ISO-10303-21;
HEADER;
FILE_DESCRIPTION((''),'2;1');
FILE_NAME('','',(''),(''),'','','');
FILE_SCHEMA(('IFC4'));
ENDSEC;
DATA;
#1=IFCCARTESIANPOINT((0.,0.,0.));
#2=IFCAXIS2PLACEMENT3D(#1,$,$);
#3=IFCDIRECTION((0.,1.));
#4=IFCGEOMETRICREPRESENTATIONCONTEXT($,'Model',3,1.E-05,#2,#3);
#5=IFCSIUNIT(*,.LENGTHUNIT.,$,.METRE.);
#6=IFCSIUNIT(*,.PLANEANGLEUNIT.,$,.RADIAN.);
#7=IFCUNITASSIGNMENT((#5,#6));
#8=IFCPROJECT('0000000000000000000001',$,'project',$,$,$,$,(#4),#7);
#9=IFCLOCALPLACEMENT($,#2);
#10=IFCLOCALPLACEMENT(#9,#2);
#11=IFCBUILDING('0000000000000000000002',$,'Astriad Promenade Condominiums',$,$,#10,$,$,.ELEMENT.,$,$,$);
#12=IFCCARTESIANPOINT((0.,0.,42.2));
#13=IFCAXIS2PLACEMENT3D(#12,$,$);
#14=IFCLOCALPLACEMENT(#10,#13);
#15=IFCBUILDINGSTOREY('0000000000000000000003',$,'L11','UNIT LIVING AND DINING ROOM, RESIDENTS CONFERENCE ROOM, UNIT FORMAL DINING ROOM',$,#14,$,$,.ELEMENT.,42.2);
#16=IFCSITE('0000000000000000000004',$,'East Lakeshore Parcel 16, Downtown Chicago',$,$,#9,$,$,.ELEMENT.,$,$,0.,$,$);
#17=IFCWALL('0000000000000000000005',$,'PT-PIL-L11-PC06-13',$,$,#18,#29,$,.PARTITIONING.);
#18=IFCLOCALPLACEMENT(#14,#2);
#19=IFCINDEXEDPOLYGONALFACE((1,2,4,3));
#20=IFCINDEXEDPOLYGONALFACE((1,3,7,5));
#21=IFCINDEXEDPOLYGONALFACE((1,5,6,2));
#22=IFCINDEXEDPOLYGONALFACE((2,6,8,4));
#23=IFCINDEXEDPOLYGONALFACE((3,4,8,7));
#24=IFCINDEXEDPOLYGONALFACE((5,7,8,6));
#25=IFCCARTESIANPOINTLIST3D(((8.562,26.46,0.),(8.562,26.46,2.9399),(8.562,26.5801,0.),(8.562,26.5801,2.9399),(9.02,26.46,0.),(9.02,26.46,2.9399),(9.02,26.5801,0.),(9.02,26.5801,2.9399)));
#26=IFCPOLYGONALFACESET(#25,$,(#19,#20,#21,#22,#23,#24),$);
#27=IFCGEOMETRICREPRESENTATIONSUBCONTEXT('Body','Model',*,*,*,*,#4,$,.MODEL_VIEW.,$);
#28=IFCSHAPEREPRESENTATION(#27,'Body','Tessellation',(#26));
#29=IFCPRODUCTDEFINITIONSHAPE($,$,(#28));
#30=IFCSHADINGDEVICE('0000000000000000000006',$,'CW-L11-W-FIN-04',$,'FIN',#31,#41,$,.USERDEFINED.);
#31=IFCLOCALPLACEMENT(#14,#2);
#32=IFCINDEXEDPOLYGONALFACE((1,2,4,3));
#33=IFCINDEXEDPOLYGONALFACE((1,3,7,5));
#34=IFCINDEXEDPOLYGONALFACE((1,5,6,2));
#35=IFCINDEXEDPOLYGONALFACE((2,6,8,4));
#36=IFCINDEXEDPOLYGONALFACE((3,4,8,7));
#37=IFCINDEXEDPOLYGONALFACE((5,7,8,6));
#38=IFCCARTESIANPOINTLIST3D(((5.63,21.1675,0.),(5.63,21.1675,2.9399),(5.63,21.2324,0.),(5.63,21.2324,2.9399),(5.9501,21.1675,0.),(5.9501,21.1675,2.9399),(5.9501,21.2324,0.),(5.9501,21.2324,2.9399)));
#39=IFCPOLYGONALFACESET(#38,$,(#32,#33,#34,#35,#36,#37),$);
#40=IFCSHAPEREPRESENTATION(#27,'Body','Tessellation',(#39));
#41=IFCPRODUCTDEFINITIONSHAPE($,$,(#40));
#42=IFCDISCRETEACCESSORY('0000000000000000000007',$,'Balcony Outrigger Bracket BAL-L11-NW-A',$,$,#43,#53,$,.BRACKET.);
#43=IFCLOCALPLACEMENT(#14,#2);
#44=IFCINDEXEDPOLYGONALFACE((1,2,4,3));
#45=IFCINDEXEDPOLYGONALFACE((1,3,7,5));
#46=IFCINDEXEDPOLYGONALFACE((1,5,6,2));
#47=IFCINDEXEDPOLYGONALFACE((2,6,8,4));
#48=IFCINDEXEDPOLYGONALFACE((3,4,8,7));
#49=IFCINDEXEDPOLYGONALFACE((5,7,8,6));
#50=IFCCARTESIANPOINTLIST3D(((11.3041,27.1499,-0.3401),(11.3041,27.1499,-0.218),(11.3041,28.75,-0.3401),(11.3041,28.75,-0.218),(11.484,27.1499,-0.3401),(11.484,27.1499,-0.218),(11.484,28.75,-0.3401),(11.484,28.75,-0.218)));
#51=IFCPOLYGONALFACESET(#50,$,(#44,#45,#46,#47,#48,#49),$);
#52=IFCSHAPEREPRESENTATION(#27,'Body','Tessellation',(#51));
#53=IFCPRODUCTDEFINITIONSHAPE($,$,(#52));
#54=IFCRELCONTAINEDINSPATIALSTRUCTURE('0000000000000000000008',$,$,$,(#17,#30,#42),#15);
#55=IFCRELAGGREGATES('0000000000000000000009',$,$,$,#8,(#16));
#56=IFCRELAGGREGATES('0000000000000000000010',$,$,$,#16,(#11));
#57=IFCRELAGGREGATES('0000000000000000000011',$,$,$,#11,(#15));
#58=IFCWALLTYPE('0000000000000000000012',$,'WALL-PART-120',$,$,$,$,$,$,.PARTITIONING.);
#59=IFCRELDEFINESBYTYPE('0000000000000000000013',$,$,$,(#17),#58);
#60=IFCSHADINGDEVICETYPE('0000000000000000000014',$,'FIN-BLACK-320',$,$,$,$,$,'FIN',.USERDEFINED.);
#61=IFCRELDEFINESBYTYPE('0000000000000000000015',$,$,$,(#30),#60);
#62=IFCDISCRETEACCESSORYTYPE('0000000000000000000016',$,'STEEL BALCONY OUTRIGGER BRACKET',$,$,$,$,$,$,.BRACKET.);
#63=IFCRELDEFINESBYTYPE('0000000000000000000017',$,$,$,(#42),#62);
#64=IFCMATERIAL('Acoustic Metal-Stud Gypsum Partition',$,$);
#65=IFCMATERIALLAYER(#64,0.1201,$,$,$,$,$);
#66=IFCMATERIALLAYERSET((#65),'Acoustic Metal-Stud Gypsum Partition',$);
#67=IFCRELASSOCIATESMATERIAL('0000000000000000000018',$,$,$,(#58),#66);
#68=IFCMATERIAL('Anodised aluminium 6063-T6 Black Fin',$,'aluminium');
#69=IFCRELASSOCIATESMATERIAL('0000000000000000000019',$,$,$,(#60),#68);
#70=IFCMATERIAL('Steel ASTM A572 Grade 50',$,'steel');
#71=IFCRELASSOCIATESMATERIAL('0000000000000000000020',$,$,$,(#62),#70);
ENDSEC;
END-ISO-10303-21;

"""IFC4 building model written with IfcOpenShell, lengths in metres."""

from ifc_helpers import new_model, si_unit, direction, frame, frame_2d, origin, origin_2d, place, context, subcontext, project, spatial, rectangle, extrude, source, transform, mapped, material, layer, layer_set, type_object, type_shapes, element, save


model = new_model("IFC4")

# Units and contexts
model_context = context("Model", 3, precision=1e-05, world=origin(), true_north=direction((0.0, 1.0)))
body_context = subcontext(model_context, "Body", "Model", "MODEL_VIEW")
ifc_project = project(units=[si_unit("LENGTHUNIT", "METRE"), si_unit("PLANEANGLEUNIT", "RADIAN")], contexts=[model_context])

# Site, building, storey
site_placement = place(None, origin())
site = spatial("IfcSite", under=ifc_project, at=site_placement, Name="East Lakeshore Parcel 16, Downtown Chicago", CompositionType="ELEMENT", RefElevation=0.0)
building_placement = place(site_placement, origin())
building = spatial("IfcBuilding", under=site, at=building_placement, Name="Astriad Promenade Condominiums", CompositionType="ELEMENT")
storey_placement = place(building_placement, frame((0.0, 0.0, 42.2)))
storey = spatial("IfcBuildingStorey", under=building, at=storey_placement, Name="L11", Description="UNIT LIVING AND DINING ROOM, RESIDENTS CONFERENCE ROOM, UNIT FORMAL DINING ROOM", CompositionType="ELEMENT", Elevation=42.2)

# Shared definitions
ifc_material_1 = material(Name="Acoustic Metal-Stud Gypsum Partition")
ifc_layer_1 = layer(ifc_material_1, 0.1201)
ifc_layer_set_1 = layer_set([ifc_layer_1], Name="Acoustic Metal-Stud Gypsum Partition")
wall_type_1 = type_object("IfcWallType", Name="WALL-PART-120", PredefinedType="PARTITIONING", material=ifc_layer_set_1)

# Wall
wall_1_placement = place(storey_placement, frame((9.02, 26.52, 0.0), z_axis=(0.0, 0.0, 1.0), x_axis=(-1.0, 0.0, 0.0)))
element("IfcWall", 1, at=wall_1_placement, inside=storey, type_object=wall_type_1, Name="PT-PIL-L11-PC06-13", PredefinedType="PARTITIONING", context=body_context, shape_type="SweptSolid", body=[
    extrude(rectangle(XDim=0.458, YDim=0.1201, at=frame_2d((0.229, 0.0))), origin(), (0.0, 0.0, 1.0), 2.9399),
])

# Shading device
ifc_material_2 = material(Name="Anodised aluminium 6063-T6 Black Fin", Category="aluminium")
shading_device_type = type_object("IfcShadingDeviceType", Name="FIN-BLACK-320", ElementType="FIN", PredefinedType="USERDEFINED", material=ifc_material_2)
shared_shape_1 = source(origin(), body_context, "Body", "SweptSolid", [
    extrude(rectangle(XDim=0.0649, YDim=0.3201, at=origin_2d()), origin(), (0.0, 0.0, 1.0), 2.9399),
])
type_shapes(shading_device_type, [shared_shape_1])
shading_device_placement = place(storey_placement, frame((5.79, 21.2, 0.0), z_axis=(0.0, 0.0, 1.0), x_axis=(0.0, 1.0, 0.0)))
element("IfcShadingDevice", 2, at=shading_device_placement, inside=storey, type_object=shading_device_type, Name="CW-L11-W-FIN-04", ObjectType="FIN", PredefinedType="USERDEFINED", context=body_context, shape_type="MappedRepresentation", body=[
    mapped(shared_shape_1, transform((0.0, 0.0, 0.0), scale=1.0)),
])

# Discrete accessory
ifc_material_3 = material(Name="Steel ASTM A572 Grade 50", Category="steel")
discrete_accessory_type = type_object("IfcDiscreteAccessoryType", Name="STEEL BALCONY OUTRIGGER BRACKET", PredefinedType="BRACKET", material=ifc_material_3)
shared_shape_2 = source(origin(), body_context, "Body", "SweptSolid", [
    extrude(rectangle(XDim=1.6001, YDim=0.1799, at=origin_2d()), origin(), (0.0, 0.0, 1.0), 0.1221),
])
type_shapes(discrete_accessory_type, [shared_shape_2])
discrete_accessory_placement = place(storey_placement, frame((11.394, 27.95, -0.3401), z_axis=(0.0, 0.0, 1.0), x_axis=(0.0, 1.0, 0.0)))
element("IfcDiscreteAccessory", 3, at=discrete_accessory_placement, inside=storey, type_object=discrete_accessory_type, Name="Balcony Outrigger Bracket BAL-L11-NW-A", PredefinedType="BRACKET", context=body_context, shape_type="MappedRepresentation", body=[
    mapped(shared_shape_2, transform((0.0, 0.0, 0.0), scale=1.0)),
])

save(model, "model.ifc")
